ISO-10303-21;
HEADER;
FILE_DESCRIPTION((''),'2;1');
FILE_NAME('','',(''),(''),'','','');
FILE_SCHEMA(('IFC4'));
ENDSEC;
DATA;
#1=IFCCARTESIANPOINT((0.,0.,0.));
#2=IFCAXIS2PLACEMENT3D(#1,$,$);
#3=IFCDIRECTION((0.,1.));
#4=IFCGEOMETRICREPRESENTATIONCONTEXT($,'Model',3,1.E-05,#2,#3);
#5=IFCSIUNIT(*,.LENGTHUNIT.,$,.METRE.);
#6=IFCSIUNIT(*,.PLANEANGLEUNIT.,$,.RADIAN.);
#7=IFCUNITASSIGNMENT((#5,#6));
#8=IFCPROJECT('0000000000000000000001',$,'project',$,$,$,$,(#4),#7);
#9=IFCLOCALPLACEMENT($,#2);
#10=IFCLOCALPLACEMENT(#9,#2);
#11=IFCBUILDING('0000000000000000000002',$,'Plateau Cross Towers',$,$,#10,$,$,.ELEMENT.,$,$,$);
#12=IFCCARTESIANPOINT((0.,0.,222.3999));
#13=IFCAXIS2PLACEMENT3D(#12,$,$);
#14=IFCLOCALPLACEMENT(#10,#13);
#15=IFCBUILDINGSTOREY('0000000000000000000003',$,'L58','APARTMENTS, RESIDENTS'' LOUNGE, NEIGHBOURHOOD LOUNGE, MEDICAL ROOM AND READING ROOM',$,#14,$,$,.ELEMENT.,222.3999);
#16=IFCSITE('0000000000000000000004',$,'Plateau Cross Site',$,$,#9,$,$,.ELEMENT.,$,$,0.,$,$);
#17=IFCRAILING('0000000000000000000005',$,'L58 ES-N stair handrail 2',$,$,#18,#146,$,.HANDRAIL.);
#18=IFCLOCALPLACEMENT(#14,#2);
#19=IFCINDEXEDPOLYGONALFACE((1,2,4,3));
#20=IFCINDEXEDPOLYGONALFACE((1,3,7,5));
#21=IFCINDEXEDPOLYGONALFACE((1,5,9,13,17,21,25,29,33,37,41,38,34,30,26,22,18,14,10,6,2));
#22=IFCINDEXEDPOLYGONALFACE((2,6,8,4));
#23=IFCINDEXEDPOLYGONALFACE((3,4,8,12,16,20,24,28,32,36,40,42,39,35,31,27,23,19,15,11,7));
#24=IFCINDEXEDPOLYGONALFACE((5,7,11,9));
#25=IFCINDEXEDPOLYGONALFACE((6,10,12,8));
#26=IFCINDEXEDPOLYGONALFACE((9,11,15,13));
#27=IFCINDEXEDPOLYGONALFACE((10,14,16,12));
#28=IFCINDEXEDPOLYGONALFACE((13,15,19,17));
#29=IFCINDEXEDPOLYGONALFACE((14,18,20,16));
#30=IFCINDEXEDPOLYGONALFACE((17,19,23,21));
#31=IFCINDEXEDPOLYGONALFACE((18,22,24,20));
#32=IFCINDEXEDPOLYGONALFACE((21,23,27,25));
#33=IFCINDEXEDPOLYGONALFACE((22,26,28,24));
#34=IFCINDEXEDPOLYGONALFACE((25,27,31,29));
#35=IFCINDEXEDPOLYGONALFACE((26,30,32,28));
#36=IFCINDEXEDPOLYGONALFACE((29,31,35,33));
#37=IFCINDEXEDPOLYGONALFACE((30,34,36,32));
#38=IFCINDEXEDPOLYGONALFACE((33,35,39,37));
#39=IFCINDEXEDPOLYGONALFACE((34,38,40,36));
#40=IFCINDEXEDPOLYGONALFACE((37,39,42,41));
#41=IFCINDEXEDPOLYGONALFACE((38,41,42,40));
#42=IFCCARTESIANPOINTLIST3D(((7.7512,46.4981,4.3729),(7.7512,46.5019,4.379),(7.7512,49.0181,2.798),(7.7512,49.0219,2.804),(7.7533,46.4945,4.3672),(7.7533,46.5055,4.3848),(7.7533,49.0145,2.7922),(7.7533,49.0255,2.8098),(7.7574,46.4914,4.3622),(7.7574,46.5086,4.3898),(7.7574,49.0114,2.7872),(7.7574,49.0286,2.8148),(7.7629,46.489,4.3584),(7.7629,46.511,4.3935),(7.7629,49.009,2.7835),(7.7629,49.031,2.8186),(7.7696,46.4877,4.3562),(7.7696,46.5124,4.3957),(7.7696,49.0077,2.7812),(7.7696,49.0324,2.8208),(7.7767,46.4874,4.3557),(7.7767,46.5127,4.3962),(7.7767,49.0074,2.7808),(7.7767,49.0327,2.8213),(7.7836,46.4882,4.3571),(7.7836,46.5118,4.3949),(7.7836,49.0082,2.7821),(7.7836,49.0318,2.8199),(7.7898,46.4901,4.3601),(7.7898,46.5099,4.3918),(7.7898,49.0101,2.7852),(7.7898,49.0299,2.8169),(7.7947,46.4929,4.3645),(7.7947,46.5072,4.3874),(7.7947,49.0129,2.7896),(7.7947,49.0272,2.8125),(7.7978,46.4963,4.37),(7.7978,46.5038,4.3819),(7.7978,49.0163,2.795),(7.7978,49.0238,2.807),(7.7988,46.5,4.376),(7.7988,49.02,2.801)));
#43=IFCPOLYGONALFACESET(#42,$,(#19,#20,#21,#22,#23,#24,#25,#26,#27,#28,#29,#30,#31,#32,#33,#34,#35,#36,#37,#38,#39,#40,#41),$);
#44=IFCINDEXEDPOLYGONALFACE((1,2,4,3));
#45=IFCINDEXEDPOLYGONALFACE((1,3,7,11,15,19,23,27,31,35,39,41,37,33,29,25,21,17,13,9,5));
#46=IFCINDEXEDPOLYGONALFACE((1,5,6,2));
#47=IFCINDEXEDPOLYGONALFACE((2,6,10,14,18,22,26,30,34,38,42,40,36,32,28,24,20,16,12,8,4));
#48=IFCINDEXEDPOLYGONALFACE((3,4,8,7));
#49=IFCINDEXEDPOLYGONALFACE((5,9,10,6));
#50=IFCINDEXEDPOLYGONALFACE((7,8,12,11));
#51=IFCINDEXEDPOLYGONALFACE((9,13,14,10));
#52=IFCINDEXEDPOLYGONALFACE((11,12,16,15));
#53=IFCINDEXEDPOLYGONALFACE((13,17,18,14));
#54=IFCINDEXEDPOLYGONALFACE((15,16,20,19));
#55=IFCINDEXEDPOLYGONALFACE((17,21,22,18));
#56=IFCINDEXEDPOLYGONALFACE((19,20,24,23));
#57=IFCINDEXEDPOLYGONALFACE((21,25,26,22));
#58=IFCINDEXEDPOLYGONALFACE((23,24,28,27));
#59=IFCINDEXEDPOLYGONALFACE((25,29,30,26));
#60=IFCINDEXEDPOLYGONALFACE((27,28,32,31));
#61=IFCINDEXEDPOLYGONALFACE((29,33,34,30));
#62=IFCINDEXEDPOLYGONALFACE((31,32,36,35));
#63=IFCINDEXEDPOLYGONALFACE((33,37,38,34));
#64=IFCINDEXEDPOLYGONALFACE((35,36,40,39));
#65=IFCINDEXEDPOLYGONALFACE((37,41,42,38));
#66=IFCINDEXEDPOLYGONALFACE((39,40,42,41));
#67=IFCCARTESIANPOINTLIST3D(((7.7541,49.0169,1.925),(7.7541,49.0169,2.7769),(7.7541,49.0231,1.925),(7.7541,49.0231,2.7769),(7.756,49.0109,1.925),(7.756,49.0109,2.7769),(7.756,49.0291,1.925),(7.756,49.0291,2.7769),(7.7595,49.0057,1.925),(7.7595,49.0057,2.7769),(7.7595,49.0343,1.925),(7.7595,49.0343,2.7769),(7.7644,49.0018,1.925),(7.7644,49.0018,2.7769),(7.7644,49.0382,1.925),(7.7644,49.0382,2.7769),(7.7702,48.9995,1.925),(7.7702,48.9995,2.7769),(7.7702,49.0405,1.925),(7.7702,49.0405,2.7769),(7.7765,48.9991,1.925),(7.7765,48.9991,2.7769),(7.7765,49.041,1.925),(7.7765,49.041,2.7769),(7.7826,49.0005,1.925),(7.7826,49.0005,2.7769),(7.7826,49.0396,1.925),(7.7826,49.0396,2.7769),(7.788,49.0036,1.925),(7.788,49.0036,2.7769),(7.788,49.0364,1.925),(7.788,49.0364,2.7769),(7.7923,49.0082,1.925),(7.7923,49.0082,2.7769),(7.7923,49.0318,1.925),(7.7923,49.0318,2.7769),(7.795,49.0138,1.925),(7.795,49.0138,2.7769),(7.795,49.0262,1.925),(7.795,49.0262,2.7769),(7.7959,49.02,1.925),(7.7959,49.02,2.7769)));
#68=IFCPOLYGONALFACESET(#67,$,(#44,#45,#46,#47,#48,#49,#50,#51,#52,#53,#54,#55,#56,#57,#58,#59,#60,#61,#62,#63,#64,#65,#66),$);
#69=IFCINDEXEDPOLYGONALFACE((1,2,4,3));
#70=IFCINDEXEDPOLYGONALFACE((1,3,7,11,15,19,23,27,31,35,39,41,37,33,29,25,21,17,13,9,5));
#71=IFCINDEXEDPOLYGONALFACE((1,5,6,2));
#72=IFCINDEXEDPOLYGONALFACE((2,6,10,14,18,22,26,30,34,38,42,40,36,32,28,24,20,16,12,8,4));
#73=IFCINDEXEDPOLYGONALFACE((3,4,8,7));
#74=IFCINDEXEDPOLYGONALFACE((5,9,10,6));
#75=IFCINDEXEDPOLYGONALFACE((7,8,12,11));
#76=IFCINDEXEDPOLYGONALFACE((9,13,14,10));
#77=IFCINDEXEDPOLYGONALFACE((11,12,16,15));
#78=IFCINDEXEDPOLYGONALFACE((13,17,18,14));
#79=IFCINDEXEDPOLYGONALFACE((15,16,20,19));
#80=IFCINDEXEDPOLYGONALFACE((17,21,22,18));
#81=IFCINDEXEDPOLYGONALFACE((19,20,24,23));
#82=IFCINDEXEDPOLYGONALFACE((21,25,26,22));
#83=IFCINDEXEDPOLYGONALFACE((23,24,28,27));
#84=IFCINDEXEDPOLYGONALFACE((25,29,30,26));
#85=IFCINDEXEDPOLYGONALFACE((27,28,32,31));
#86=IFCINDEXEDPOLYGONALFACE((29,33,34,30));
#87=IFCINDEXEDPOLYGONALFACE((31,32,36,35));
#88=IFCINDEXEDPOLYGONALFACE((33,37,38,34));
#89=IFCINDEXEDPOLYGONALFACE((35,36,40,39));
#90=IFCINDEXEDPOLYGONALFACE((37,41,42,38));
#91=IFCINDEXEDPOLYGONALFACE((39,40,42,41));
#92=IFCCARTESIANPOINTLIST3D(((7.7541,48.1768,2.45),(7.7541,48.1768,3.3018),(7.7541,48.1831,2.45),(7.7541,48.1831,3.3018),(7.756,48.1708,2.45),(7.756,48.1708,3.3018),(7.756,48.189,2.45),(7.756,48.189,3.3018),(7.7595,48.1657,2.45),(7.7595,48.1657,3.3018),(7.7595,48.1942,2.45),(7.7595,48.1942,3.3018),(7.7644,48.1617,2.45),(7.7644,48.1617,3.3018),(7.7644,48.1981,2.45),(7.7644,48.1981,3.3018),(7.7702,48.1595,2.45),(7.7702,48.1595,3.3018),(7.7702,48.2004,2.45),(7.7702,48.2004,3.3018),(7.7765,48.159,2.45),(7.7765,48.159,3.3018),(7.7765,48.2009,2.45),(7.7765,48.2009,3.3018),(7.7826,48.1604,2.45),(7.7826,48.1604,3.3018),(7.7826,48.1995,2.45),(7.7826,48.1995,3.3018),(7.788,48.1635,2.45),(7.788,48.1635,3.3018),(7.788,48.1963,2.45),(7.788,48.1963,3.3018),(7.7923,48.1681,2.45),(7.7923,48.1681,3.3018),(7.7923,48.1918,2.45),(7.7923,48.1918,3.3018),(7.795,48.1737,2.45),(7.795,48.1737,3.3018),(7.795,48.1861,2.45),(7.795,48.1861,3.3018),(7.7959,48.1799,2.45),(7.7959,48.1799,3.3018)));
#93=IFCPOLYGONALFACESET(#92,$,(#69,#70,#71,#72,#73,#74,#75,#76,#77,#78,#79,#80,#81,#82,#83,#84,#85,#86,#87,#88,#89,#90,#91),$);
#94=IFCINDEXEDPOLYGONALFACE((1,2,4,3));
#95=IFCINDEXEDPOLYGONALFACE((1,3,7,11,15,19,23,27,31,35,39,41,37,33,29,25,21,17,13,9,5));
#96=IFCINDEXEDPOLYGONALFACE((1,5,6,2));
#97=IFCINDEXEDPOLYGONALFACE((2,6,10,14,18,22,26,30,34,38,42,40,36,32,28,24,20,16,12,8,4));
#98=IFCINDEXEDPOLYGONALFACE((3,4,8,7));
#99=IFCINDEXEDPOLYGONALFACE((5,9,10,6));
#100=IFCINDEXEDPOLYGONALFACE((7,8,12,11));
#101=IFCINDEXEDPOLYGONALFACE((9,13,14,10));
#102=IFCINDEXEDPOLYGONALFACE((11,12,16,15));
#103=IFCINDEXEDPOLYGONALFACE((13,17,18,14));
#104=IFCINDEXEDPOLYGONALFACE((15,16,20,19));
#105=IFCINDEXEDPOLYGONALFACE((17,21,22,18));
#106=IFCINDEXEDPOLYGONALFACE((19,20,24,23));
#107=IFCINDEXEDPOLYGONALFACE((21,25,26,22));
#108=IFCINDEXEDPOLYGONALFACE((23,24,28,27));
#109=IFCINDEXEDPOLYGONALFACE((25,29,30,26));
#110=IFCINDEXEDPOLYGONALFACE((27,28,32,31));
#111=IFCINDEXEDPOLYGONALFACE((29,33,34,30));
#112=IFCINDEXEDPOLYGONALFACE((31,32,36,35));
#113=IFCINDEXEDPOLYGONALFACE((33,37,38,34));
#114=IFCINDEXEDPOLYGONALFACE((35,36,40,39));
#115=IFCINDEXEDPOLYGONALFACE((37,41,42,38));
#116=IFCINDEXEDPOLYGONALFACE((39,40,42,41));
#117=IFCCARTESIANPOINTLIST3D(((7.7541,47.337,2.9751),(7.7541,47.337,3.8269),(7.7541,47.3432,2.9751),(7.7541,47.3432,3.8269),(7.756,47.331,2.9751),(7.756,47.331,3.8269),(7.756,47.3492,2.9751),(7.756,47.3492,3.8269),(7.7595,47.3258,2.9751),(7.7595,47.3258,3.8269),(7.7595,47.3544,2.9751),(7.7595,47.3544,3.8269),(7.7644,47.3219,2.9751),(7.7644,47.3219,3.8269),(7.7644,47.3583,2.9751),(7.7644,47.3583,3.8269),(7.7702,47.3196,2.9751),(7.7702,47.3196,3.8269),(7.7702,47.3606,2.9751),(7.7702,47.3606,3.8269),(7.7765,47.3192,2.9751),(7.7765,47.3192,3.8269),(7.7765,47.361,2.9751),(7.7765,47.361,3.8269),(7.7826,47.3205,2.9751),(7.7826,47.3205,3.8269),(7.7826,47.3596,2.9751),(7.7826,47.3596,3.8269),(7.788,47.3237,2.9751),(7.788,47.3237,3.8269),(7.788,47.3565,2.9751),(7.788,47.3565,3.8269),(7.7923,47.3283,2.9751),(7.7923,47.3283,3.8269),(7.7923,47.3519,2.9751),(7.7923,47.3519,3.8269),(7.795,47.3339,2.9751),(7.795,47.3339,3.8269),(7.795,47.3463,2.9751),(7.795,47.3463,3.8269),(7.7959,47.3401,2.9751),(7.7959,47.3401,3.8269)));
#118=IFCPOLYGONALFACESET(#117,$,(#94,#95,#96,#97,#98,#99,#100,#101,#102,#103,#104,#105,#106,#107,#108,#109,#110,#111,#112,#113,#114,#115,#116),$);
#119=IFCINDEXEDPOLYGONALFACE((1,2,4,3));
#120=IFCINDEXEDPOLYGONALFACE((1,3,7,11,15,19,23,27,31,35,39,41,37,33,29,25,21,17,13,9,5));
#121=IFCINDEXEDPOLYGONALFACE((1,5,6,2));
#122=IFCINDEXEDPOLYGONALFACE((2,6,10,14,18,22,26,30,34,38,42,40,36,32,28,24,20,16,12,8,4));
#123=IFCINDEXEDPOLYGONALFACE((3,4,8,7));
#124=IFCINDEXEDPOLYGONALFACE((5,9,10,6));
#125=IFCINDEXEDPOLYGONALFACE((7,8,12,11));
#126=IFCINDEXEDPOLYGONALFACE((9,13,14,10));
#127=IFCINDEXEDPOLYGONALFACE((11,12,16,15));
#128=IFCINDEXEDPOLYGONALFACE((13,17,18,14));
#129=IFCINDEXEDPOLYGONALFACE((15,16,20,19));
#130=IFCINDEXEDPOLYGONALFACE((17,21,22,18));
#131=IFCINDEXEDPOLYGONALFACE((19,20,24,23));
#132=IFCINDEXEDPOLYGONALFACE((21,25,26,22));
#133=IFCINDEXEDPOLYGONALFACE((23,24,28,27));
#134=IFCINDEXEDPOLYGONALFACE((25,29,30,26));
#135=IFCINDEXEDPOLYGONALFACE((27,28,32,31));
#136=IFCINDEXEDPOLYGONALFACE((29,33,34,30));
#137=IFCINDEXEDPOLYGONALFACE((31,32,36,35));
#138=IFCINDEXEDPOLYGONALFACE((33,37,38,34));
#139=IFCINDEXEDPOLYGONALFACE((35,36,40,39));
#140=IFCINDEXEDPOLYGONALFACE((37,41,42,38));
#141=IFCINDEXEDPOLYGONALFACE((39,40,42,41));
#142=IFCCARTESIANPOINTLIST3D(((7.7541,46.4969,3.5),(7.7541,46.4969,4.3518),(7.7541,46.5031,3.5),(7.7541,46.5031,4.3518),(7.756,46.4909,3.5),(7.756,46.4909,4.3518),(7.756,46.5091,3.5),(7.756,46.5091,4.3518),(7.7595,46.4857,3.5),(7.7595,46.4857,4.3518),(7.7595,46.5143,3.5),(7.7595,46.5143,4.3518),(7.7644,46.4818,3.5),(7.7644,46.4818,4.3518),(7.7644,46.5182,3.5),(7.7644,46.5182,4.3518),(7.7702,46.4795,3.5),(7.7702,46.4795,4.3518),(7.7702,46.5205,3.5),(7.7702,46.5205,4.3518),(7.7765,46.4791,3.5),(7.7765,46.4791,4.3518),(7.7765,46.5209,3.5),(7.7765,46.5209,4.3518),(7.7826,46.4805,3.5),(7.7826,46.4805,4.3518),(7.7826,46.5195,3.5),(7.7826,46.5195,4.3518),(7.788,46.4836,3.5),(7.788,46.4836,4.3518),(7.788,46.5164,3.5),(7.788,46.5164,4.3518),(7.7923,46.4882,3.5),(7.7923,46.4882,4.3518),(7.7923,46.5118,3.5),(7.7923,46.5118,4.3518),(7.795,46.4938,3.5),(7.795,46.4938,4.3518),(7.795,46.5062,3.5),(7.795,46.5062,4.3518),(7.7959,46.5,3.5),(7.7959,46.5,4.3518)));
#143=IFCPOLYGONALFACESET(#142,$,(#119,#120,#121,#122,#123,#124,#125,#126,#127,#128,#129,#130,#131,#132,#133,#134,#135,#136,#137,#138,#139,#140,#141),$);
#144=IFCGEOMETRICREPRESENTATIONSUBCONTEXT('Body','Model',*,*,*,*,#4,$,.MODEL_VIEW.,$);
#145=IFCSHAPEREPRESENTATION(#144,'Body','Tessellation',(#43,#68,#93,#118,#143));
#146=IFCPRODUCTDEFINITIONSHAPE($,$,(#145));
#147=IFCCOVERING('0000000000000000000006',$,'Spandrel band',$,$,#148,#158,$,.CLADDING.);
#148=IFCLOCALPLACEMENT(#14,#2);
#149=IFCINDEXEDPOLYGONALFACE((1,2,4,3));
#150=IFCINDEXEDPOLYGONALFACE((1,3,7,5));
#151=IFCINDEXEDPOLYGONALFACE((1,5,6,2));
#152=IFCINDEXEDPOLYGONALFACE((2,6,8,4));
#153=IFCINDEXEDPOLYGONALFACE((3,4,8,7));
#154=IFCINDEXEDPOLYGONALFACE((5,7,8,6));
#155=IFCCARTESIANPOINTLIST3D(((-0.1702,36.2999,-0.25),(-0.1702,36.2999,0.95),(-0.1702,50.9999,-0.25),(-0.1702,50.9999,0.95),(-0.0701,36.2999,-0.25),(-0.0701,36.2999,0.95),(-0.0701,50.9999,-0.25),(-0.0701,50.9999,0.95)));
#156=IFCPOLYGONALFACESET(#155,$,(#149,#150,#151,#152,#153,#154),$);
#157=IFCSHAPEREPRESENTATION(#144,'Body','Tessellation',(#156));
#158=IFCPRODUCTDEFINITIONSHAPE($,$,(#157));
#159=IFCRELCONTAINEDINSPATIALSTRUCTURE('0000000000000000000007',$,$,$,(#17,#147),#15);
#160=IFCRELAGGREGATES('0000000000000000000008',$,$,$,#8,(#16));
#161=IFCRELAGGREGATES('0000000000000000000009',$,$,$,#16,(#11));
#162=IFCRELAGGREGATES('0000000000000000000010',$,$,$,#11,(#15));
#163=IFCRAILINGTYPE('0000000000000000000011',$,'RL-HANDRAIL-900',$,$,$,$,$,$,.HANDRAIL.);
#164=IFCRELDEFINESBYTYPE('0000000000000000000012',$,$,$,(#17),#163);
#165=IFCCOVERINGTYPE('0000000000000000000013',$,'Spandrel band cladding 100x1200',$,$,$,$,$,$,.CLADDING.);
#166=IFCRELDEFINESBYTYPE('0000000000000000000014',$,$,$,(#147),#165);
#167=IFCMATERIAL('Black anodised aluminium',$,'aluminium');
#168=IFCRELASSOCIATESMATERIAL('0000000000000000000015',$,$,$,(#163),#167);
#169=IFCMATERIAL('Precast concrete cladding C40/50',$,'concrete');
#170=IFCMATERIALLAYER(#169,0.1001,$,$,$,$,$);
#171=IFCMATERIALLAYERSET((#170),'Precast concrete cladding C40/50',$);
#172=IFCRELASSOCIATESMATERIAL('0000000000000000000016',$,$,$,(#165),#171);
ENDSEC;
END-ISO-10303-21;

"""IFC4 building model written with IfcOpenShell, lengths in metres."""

from ifc_helpers import new_model, si_unit, direction, frame, origin, origin_2d, place, context, subcontext, project, spatial, rectangle, circle, extrude, material, layer, layer_set, type_object, element, save


model = new_model("IFC4")

# Units and contexts
model_context = context("Model", 3, precision=1e-05, world=origin(), true_north=direction((0.0, 1.0)))
body_context = subcontext(model_context, "Body", "Model", "MODEL_VIEW")
ifc_project = project(units=[si_unit("LENGTHUNIT", "METRE"), si_unit("PLANEANGLEUNIT", "RADIAN")], contexts=[model_context])

# Site, building, storey
site_placement = place(None, origin())
site = spatial("IfcSite", under=ifc_project, at=site_placement, Name="Plateau Cross Site", CompositionType="ELEMENT", RefElevation=0.0)
building_placement = place(site_placement, origin())
building = spatial("IfcBuilding", under=site, at=building_placement, Name="Plateau Cross Towers", CompositionType="ELEMENT")
storey_placement = place(building_placement, frame((0.0, 0.0, 222.3999)))
storey = spatial("IfcBuildingStorey", under=building, at=storey_placement, Name="L58", Description="APARTMENTS, RESIDENTS' LOUNGE, NEIGHBOURHOOD LOUNGE, MEDICAL ROOM AND READING ROOM", CompositionType="ELEMENT", Elevation=222.3999)

# Shared definitions
ifc_material_1 = material(Name="Black anodised aluminium", Category="aluminium")

# Railing
railing_type = type_object("IfcRailingType", Name="RL-HANDRAIL-900", PredefinedType="HANDRAIL", material=ifc_material_1)
railing_placement = place(storey_placement, frame((7.7749, 49.02, 1.925)))
element("IfcRailing", 1, at=railing_placement, inside=storey, type_object=railing_type, Name="L58 ES-N stair handrail 2", PredefinedType="HANDRAIL", context=body_context, shape_type="SweptSolid", body=[
    extrude(circle(Radius=0.0239, at=origin_2d()), frame((0.0, 0.0, 0.876), z_axis=(0.0, -0.848008, 0.529984), x_axis=(1.0, 0.0, 0.0)), (0.0, 0.0, 1.0), 2.9717),
    extrude(circle(Radius=0.021, at=origin_2d()), origin(), (0.0, 0.0, 1.0), 0.8518),
    extrude(circle(Radius=0.021, at=origin_2d()), frame((0.0, -0.8401, 0.5249)), (0.0, 0.0, 1.0), 0.8518),
    extrude(circle(Radius=0.021, at=origin_2d()), frame((0.0, -1.6799, 1.05)), (0.0, 0.0, 1.0), 0.8518),
    extrude(circle(Radius=0.021, at=origin_2d()), frame((0.0, -2.52, 1.575)), (0.0, 0.0, 1.0), 0.8518),
])

# Covering
ifc_material_2 = material(Name="Precast concrete cladding C40/50", Category="concrete")
ifc_layer_1 = layer(ifc_material_2, 0.1001)
ifc_layer_set_1 = layer_set([ifc_layer_1], Name="Precast concrete cladding C40/50")
covering_type = type_object("IfcCoveringType", Name="Spandrel band cladding 100x1200", PredefinedType="CLADDING", material=ifc_layer_set_1)
covering_placement = place(storey_placement, frame((-0.1201, 43.6499, -0.25), z_axis=(0.0, 0.0, 1.0), x_axis=(0.0, -1.0, 0.0)))
element("IfcCovering", 2, at=covering_placement, inside=storey, type_object=covering_type, Name="Spandrel band", PredefinedType="CLADDING", context=body_context, shape_type="SweptSolid", body=[
    extrude(rectangle(XDim=14.7, YDim=0.1001, at=origin_2d()), origin(), (0.0, 0.0, 1.0), 1.2),
])

save(model, "model.ifc")
